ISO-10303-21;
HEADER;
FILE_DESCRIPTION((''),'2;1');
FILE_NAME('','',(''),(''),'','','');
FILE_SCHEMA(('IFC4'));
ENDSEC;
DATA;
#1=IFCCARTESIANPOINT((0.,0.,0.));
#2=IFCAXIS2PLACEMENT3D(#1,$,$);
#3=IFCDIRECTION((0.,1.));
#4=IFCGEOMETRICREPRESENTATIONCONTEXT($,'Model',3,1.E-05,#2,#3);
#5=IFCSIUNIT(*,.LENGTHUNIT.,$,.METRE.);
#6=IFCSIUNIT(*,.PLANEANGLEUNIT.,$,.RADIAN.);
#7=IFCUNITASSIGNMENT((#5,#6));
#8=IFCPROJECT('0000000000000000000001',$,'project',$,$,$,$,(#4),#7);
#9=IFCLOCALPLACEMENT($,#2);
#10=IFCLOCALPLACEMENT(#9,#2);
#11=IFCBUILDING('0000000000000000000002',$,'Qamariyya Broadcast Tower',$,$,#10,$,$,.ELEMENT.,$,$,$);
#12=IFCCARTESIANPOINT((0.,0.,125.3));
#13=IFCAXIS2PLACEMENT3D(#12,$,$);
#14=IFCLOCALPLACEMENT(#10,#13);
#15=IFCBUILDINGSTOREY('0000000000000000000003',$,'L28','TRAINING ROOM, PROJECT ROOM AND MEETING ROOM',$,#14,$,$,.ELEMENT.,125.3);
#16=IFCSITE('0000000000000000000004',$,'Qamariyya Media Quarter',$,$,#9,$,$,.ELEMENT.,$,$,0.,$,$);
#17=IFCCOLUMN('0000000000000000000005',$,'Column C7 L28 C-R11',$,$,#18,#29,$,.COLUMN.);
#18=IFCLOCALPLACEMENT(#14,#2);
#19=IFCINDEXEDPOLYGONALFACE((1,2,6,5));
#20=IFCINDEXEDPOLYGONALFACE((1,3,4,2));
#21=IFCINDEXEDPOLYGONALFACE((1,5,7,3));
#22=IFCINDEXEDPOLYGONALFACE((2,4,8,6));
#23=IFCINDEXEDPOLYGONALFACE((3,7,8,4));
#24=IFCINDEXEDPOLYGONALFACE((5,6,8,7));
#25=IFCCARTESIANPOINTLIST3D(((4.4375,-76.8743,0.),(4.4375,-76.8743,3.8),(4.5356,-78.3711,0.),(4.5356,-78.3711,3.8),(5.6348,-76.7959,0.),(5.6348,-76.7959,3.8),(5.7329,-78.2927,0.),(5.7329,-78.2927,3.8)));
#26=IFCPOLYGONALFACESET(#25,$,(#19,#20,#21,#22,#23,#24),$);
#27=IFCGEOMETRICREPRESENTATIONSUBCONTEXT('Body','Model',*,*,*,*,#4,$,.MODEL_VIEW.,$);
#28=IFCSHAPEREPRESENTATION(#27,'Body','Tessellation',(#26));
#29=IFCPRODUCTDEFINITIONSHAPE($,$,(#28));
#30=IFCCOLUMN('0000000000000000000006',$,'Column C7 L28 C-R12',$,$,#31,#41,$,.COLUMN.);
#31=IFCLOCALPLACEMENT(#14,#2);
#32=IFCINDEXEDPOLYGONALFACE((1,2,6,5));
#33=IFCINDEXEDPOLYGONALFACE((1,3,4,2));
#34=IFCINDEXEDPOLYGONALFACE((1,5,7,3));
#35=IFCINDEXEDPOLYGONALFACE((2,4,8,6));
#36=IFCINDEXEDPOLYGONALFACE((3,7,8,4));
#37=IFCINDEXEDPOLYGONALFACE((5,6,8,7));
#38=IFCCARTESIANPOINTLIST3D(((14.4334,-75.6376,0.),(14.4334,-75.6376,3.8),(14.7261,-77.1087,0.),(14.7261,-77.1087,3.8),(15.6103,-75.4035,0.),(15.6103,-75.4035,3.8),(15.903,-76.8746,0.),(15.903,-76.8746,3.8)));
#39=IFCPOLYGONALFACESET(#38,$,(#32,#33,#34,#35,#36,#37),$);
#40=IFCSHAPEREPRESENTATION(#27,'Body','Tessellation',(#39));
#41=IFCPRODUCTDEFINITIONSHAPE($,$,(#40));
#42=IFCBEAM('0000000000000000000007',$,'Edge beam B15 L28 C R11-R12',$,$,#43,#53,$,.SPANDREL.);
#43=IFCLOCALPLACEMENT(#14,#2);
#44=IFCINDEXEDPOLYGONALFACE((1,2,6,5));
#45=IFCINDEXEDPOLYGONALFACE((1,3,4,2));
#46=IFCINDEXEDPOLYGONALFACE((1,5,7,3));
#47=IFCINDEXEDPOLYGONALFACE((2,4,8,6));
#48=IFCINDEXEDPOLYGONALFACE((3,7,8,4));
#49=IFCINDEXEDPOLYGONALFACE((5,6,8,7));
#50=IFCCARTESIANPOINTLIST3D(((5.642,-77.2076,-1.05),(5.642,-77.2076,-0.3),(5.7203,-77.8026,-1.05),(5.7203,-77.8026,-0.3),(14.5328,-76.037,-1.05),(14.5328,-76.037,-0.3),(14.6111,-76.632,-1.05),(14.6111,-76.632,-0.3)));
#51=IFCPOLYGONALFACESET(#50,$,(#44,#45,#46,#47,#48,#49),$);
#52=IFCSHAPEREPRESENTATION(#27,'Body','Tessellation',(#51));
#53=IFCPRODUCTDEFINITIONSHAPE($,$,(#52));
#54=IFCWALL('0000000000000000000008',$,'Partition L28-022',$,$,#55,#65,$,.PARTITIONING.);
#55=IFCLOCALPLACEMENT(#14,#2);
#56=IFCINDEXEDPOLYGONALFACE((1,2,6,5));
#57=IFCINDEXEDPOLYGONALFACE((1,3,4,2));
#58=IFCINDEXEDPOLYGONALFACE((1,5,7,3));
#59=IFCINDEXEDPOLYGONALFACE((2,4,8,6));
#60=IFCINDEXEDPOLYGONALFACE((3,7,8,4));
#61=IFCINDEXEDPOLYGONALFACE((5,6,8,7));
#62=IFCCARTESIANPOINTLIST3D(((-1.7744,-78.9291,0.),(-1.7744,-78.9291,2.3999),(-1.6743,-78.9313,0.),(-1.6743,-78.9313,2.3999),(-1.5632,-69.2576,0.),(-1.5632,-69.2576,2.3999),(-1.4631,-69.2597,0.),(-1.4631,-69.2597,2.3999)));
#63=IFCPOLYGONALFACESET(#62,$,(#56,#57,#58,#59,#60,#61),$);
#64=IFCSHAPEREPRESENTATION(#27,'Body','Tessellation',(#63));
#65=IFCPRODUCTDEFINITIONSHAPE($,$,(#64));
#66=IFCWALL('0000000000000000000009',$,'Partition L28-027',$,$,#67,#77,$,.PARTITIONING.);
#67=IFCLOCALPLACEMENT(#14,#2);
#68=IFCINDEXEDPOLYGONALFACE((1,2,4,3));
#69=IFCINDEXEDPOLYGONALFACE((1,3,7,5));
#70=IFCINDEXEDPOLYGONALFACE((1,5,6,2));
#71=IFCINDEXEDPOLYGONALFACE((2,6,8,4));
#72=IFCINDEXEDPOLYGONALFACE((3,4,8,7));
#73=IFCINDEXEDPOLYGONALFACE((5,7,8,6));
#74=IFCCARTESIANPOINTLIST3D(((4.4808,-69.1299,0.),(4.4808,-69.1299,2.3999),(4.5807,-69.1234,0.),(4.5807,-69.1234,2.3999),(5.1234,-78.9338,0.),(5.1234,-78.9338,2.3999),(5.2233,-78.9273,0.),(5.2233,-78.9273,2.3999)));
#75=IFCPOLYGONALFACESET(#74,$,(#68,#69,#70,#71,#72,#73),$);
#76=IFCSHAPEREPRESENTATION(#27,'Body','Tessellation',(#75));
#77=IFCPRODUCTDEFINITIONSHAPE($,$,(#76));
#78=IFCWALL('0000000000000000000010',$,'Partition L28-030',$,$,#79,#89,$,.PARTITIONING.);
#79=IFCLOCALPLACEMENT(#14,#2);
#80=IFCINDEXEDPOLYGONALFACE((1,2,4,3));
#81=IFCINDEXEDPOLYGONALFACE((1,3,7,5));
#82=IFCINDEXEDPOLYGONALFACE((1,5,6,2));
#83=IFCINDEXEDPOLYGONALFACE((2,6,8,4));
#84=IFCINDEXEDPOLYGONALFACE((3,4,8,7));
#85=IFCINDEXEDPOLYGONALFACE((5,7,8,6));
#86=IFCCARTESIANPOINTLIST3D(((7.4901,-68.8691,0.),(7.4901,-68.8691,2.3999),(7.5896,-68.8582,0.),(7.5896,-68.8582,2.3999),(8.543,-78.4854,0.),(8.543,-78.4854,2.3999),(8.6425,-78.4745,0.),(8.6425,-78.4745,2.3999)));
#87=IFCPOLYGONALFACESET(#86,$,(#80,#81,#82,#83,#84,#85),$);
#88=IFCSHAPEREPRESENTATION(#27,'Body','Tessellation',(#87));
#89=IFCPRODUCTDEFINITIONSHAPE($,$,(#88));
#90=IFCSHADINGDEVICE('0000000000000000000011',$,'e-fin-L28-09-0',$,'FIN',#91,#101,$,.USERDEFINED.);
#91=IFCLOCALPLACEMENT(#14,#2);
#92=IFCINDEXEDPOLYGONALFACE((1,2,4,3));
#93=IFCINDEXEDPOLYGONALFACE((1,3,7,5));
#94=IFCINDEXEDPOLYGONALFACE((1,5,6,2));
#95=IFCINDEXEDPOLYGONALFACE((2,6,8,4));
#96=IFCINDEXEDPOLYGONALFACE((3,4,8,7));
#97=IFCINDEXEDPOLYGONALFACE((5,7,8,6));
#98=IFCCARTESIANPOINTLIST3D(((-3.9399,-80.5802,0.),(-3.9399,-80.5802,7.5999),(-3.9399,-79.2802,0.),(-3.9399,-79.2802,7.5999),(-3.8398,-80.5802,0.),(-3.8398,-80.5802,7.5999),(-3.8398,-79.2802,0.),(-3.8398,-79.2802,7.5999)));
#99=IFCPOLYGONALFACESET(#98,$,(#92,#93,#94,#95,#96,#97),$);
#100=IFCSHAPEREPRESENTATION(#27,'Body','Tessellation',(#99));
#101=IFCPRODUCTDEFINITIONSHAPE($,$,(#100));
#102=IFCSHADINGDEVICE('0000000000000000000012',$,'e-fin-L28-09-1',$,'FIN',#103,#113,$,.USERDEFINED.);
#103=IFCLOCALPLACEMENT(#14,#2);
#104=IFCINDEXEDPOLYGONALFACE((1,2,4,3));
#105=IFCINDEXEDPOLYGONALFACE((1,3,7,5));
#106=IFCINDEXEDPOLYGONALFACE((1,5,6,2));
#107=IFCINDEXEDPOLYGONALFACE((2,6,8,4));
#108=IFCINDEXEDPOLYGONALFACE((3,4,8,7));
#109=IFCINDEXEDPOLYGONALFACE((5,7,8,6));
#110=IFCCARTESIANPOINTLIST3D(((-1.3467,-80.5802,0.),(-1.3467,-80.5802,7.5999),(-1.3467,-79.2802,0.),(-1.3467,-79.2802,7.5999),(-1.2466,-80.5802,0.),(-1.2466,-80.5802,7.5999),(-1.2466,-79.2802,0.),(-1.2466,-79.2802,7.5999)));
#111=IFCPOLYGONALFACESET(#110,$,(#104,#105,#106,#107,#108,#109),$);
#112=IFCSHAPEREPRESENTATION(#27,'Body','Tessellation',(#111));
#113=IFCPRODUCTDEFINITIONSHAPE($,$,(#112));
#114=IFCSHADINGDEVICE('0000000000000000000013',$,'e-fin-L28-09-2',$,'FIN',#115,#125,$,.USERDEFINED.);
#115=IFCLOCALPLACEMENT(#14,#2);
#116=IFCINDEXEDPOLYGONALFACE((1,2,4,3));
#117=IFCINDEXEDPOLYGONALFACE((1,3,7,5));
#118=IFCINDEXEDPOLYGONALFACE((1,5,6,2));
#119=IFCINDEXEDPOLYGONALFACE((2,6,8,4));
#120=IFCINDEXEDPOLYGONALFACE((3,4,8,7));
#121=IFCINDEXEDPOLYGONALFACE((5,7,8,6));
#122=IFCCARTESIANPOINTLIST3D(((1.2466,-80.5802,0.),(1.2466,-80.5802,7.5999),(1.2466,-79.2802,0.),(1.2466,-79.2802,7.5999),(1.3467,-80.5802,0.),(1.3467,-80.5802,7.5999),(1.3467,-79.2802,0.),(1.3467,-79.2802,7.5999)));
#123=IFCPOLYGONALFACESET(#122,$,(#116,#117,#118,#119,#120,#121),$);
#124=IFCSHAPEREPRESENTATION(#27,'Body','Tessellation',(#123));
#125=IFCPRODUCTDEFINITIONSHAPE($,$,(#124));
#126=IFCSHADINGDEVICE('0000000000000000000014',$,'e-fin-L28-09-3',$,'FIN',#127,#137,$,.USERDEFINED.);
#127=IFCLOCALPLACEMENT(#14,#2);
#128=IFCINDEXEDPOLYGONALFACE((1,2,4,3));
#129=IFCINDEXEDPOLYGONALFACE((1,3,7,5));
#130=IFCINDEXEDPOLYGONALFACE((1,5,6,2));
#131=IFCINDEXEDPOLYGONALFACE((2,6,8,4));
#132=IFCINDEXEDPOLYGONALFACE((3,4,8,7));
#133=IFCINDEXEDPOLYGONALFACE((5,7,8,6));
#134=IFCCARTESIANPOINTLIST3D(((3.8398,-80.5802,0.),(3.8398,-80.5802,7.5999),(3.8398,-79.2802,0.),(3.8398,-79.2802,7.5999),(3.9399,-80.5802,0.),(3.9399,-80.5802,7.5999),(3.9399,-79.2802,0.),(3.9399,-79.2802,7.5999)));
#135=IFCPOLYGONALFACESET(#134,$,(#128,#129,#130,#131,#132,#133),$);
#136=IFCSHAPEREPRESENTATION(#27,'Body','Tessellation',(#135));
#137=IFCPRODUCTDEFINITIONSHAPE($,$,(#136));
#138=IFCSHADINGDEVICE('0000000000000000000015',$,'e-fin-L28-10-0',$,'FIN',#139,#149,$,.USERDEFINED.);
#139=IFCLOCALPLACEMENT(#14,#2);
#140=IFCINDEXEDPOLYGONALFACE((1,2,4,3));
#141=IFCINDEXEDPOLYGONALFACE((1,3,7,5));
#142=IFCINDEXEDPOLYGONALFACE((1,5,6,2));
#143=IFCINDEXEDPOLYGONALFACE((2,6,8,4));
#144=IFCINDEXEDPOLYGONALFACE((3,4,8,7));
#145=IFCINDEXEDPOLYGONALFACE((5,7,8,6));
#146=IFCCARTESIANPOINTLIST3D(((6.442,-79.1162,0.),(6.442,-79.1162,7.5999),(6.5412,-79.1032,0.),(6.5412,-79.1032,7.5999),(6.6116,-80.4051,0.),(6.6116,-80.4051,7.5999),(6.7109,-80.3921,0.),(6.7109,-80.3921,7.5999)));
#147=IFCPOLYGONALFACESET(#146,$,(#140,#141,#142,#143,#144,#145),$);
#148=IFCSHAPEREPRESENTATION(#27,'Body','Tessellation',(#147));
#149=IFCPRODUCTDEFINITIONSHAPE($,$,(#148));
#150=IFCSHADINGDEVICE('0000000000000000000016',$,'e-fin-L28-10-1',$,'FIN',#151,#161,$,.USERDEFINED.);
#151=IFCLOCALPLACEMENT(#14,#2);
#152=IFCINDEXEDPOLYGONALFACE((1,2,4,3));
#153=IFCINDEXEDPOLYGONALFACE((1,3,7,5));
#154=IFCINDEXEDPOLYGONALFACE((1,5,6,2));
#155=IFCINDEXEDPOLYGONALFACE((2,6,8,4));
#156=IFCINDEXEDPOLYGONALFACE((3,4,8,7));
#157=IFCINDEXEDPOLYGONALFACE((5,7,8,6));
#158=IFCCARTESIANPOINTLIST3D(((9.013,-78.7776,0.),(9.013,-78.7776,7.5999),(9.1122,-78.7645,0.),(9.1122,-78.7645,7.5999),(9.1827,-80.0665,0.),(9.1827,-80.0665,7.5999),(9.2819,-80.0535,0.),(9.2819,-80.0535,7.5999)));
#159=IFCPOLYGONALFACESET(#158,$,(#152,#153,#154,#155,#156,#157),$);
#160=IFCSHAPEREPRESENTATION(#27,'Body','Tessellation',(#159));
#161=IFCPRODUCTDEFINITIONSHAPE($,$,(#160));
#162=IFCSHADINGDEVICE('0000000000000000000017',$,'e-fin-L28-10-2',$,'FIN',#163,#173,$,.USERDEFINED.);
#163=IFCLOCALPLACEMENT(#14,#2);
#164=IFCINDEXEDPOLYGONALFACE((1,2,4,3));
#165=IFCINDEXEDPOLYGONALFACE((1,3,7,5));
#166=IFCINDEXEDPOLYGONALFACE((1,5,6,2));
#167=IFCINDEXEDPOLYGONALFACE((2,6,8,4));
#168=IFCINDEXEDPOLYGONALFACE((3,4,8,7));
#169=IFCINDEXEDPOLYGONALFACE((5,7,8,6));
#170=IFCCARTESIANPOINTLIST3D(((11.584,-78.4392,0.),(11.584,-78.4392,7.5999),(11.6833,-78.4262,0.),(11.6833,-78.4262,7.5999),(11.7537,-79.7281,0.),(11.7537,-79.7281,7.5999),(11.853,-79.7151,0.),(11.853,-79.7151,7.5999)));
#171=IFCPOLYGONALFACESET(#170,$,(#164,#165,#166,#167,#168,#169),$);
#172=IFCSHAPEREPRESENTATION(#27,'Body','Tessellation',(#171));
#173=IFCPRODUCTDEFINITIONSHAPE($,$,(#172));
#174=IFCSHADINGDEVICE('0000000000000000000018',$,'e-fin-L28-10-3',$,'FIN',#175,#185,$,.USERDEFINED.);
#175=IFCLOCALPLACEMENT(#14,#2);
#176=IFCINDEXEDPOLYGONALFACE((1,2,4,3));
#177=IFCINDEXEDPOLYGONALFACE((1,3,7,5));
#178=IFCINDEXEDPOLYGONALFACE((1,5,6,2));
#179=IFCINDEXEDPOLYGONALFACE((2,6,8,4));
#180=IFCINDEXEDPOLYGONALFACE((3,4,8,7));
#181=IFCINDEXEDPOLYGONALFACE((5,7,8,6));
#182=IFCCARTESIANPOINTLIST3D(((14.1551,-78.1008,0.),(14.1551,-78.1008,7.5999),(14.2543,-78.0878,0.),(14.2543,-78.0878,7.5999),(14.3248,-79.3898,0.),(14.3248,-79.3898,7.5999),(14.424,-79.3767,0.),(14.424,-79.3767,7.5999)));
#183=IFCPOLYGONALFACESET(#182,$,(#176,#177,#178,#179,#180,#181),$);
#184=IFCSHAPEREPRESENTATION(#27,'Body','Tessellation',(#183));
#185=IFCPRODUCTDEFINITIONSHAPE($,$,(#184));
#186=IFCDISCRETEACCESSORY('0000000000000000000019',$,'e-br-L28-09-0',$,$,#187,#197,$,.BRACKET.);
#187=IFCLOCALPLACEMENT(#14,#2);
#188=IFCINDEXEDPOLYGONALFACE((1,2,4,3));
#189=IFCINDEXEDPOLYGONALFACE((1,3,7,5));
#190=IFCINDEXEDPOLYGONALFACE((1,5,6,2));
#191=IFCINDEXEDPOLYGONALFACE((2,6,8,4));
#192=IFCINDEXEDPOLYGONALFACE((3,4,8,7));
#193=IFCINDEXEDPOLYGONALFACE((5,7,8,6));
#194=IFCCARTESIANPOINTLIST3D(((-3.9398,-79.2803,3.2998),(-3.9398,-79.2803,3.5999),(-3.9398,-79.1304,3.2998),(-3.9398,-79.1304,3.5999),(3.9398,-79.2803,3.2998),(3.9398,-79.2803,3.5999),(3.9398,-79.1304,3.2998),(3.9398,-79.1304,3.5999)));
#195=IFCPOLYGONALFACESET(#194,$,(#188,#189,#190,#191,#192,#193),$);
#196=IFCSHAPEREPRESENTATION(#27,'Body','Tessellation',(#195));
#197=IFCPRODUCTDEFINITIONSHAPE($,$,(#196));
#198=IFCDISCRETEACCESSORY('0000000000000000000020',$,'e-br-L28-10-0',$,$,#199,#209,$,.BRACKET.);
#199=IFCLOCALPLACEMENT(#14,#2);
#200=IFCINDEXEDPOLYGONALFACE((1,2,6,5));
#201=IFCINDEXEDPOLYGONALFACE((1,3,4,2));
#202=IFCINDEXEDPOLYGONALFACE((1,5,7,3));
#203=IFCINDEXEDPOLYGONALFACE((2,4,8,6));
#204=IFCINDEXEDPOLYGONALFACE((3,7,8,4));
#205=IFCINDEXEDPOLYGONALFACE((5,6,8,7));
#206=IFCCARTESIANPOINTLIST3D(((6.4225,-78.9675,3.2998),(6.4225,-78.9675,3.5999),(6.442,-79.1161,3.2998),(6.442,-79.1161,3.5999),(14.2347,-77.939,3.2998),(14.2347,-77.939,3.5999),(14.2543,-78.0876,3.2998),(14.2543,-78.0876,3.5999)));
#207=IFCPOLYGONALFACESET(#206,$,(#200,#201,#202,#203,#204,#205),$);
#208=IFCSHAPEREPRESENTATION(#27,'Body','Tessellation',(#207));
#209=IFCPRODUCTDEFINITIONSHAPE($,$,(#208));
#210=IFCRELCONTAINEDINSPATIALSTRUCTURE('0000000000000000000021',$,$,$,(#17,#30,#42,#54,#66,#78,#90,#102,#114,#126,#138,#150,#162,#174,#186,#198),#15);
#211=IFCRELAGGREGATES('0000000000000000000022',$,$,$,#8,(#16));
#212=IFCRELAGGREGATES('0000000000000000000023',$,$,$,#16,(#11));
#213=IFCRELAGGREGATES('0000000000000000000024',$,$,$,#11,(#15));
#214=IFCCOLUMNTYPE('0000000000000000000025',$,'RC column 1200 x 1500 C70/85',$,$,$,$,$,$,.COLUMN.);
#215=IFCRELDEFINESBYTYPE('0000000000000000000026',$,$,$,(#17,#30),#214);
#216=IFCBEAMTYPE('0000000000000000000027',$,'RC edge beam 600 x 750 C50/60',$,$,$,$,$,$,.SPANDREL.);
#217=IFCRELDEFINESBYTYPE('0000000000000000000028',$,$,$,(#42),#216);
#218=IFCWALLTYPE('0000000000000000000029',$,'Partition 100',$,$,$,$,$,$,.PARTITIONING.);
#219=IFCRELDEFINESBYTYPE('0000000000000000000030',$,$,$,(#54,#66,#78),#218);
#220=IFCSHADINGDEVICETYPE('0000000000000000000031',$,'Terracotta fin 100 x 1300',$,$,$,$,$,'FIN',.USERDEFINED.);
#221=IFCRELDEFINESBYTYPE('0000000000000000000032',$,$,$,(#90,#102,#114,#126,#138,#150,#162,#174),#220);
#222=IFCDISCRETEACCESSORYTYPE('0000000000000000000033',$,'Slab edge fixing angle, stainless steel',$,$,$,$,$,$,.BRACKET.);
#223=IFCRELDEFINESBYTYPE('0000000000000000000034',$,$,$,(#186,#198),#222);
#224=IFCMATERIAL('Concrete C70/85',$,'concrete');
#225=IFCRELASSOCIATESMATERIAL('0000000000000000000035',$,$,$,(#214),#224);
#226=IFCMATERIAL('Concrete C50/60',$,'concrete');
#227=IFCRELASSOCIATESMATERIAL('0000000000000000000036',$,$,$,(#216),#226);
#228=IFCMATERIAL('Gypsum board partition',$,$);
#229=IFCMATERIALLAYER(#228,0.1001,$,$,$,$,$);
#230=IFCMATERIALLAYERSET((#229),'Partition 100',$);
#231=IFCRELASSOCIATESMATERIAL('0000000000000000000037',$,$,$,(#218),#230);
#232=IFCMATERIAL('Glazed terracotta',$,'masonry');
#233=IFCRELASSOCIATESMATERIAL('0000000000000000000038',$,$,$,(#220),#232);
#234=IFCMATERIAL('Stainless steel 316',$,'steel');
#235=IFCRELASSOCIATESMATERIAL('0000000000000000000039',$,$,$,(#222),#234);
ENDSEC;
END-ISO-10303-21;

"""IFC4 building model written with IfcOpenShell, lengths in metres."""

from ifc_helpers import new_model, si_unit, direction, frame, frame_2d, origin, origin_2d, place, context, subcontext, project, spatial, rectangle, extrude, material, layer, layer_set, material_profile, profile_set, type_object, element, save


model = new_model("IFC4")

# Units and contexts
model_context = context("Model", 3, precision=1e-05, world=origin(), true_north=direction((0.0, 1.0)))
body_context = subcontext(model_context, "Body", "Model", "MODEL_VIEW")
ifc_project = project(units=[si_unit("LENGTHUNIT", "METRE"), si_unit("PLANEANGLEUNIT", "RADIAN")], contexts=[model_context])

# Site, building, storey
site_placement = place(None, origin())
site = spatial("IfcSite", under=ifc_project, at=site_placement, Name="Qamariyya Media Quarter", CompositionType="ELEMENT", RefElevation=0.0)
building_placement = place(site_placement, origin())
building = spatial("IfcBuilding", under=site, at=building_placement, Name="Qamariyya Broadcast Tower", CompositionType="ELEMENT")
storey_placement = place(building_placement, frame((0.0, 0.0, 125.3)))
storey = spatial("IfcBuildingStorey", under=building, at=storey_placement, Name="L28", Description="TRAINING ROOM, PROJECT ROOM AND MEETING ROOM", CompositionType="ELEMENT", Elevation=125.3)

# Columns
ifc_material_1 = material(Name="Concrete C70/85", Category="concrete")
ifc_material_profile_1 = material_profile(ifc_material_1, rectangle(XDim=1.2, YDim=1.5, at=origin_2d()))
ifc_profile_set_1 = profile_set([ifc_material_profile_1], Name="Concrete C70/85")
column_type = type_object("IfcColumnType", Name="RC column 1200 x 1500 C70/85", PredefinedType="COLUMN", material=ifc_profile_set_1)
for number, where, z_axis, x_axis, name in (
    (1, (5.0852, -77.5835, 0.0), (0.0, 0.0, 1.0), (0.997859, 0.065403, 0.0), "Column C7 L28 C-R11"),
    (2, (15.1682, -76.2561, 0.0), (0.0, 0.0, 1.0), (0.980785, 0.19509, 0.0), "Column C7 L28 C-R12"),
):
    element("IfcColumn", number, at=place(storey_placement, frame(where, z_axis=z_axis, x_axis=x_axis)), inside=storey, type_object=column_type, Name=name, PredefinedType="COLUMN", context=body_context, shape_type="SweptSolid", body=[
        extrude(rectangle(XDim=1.2, YDim=1.5, at=origin_2d()), origin(), (0.0, 0.0, 1.0), 3.8),
    ])

# Beam
ifc_material_2 = material(Name="Concrete C50/60", Category="concrete")
ifc_material_profile_2 = material_profile(ifc_material_2, rectangle(XDim=0.6001, YDim=0.75, at=origin_2d()))
ifc_profile_set_2 = profile_set([ifc_material_profile_2], Name="Concrete C50/60")
beam_type = type_object("IfcBeamType", Name="RC edge beam 600 x 750 C50/60", PredefinedType="SPANDREL", material=ifc_profile_set_2)
beam_placement = place(storey_placement, frame((5.6812, -77.5051, -0.675), z_axis=(0.991443, 0.130543, 0.0), x_axis=(-0.130543, 0.991443, 0.0)))
element("IfcBeam", 3, at=beam_placement, inside=storey, type_object=beam_type, Name="Edge beam B15 L28 C R11-R12", PredefinedType="SPANDREL", context=body_context, shape_type="SweptSolid", body=[
    extrude(rectangle(XDim=0.6001, YDim=0.75, at=origin_2d()), origin(), (0.0, 0.0, 1.0), 8.9675),
])

# Walls
ifc_material_3 = material(Name="Gypsum board partition")
ifc_layer = layer(ifc_material_3, 0.1001)
ifc_layer_set = layer_set([ifc_layer], Name="Partition 100")
wall_type = type_object("IfcWallType", Name="Partition 100", PredefinedType="PARTITIONING", material=ifc_layer_set)
wall_1_placement = place(storey_placement, frame((-1.7244, -78.9302, 0.0), z_axis=(0.0, 0.0, 1.0), x_axis=(0.02183, 0.999762, 0.0)))
element("IfcWall", 4, at=wall_1_placement, inside=storey, type_object=wall_type, Name="Partition L28-022", PredefinedType="PARTITIONING", context=body_context, shape_type="SweptSolid", body=[
    extrude(rectangle(XDim=9.6738, YDim=0.1001, at=frame_2d((4.8369, 0.0))), origin(), (0.0, 0.0, 1.0), 2.3999),
])
wall_2_placement = place(storey_placement, frame((5.1733, -78.9307, 0.0), z_axis=(0.0, 0.0, 1.0), x_axis=(-0.065402, 0.997859, 0.0)))
element("IfcWall", 5, at=wall_2_placement, inside=storey, type_object=wall_type, Name="Partition L28-027", PredefinedType="PARTITIONING", context=body_context, shape_type="SweptSolid", body=[
    extrude(rectangle(XDim=9.825, YDim=0.1001, at=frame_2d((4.9126, 0.0))), origin(), (0.0, 0.0, 1.0), 2.3999),
])
wall_3_placement = place(storey_placement, frame((8.5928, -78.48, 0.0), z_axis=(0.0, 0.0, 1.0), x_axis=(-0.108847, 0.994059, 0.0)))
element("IfcWall", 6, at=wall_3_placement, inside=storey, type_object=wall_type, Name="Partition L28-030", PredefinedType="PARTITIONING", context=body_context, shape_type="SweptSolid", body=[
    extrude(rectangle(XDim=9.6738, YDim=0.1001, at=frame_2d((4.8369, 0.0))), origin(), (0.0, 0.0, 1.0), 2.3999),
])

# Shading devices
ifc_material_4 = material(Name="Glazed terracotta", Category="masonry")
ifc_material_profile_3 = material_profile(ifc_material_4, rectangle(XDim=1.3, YDim=0.1001, at=origin_2d()))
ifc_profile_set_3 = profile_set([ifc_material_profile_3], Name="Glazed terracotta")
shading_device_type_1 = type_object("IfcShadingDeviceType", Name="Terracotta fin 100 x 1300", ElementType="FIN", PredefinedType="USERDEFINED", material=ifc_profile_set_3)
for number, where, z_axis, x_axis, name in (
    (7, (-3.8899, -79.9302, 0.0), (0.0, 0.0, 1.0), (0.0, -1.0, 0.0), "e-fin-L28-09-0"),
    (8, (-1.2966, -79.9302, 0.0), (0.0, 0.0, 1.0), (0.0, -1.0, 0.0), "e-fin-L28-09-1"),
    (9, (1.2966, -79.9302, 0.0), (0.0, 0.0, 1.0), (0.0, -1.0, 0.0), "e-fin-L28-09-2"),
    (10, (3.8899, -79.9302, 0.0), (0.0, 0.0, 1.0), (0.0, -1.0, 0.0), "e-fin-L28-09-3"),
    (11, (6.5764, -79.7542, 0.0), (0.0, 0.0, 1.0), (0.130526, -0.991445, 0.0), "e-fin-L28-10-0"),
    (12, (9.1475, -79.4155, 0.0), (0.0, 0.0, 1.0), (0.130526, -0.991445, 0.0), "e-fin-L28-10-1"),
    (13, (11.7185, -79.0771, 0.0), (0.0, 0.0, 1.0), (0.130526, -0.991445, 0.0), "e-fin-L28-10-2"),
    (14, (14.2896, -78.7388, 0.0), (0.0, 0.0, 1.0), (0.130526, -0.991445, 0.0), "e-fin-L28-10-3"),
):
    element("IfcShadingDevice", number, at=place(storey_placement, frame(where, z_axis=z_axis, x_axis=x_axis)), inside=storey, type_object=shading_device_type_1, Name=name, ObjectType="FIN", PredefinedType="USERDEFINED", context=body_context, shape_type="SweptSolid", body=[
        extrude(rectangle(XDim=1.3, YDim=0.1001, at=origin_2d()), origin(), (0.0, 0.0, 1.0), 7.5999),
    ])

# Discrete accessories
ifc_material_5 = material(Name="Stainless steel 316", Category="steel")
discrete_accessory_type = type_object("IfcDiscreteAccessoryType", Name="Slab edge fixing angle, stainless steel", PredefinedType="BRACKET", material=ifc_material_5)
for number, where, z_axis, x_axis, name in (
    (15, (0.0, -79.2053, 3.2998), (0.0, 0.0, 1.0), (1.0, 0.0, 0.0), "e-br-L28-09-0"),
    (16, (10.3384, -78.5276, 3.2998), (0.0, 0.0, 1.0), (0.991445, 0.130526, 0.0), "e-br-L28-10-0"),
):
    element("IfcDiscreteAccessory", number, at=place(storey_placement, frame(where, z_axis=z_axis, x_axis=x_axis)), inside=storey, type_object=discrete_accessory_type, Name=name, PredefinedType="BRACKET", context=body_context, shape_type="SweptSolid", body=[
        extrude(rectangle(XDim=7.8796, YDim=0.1499, at=origin_2d()), origin(), (0.0, 0.0, 1.0), 0.3),
    ])

save(model, "model.ifc")
